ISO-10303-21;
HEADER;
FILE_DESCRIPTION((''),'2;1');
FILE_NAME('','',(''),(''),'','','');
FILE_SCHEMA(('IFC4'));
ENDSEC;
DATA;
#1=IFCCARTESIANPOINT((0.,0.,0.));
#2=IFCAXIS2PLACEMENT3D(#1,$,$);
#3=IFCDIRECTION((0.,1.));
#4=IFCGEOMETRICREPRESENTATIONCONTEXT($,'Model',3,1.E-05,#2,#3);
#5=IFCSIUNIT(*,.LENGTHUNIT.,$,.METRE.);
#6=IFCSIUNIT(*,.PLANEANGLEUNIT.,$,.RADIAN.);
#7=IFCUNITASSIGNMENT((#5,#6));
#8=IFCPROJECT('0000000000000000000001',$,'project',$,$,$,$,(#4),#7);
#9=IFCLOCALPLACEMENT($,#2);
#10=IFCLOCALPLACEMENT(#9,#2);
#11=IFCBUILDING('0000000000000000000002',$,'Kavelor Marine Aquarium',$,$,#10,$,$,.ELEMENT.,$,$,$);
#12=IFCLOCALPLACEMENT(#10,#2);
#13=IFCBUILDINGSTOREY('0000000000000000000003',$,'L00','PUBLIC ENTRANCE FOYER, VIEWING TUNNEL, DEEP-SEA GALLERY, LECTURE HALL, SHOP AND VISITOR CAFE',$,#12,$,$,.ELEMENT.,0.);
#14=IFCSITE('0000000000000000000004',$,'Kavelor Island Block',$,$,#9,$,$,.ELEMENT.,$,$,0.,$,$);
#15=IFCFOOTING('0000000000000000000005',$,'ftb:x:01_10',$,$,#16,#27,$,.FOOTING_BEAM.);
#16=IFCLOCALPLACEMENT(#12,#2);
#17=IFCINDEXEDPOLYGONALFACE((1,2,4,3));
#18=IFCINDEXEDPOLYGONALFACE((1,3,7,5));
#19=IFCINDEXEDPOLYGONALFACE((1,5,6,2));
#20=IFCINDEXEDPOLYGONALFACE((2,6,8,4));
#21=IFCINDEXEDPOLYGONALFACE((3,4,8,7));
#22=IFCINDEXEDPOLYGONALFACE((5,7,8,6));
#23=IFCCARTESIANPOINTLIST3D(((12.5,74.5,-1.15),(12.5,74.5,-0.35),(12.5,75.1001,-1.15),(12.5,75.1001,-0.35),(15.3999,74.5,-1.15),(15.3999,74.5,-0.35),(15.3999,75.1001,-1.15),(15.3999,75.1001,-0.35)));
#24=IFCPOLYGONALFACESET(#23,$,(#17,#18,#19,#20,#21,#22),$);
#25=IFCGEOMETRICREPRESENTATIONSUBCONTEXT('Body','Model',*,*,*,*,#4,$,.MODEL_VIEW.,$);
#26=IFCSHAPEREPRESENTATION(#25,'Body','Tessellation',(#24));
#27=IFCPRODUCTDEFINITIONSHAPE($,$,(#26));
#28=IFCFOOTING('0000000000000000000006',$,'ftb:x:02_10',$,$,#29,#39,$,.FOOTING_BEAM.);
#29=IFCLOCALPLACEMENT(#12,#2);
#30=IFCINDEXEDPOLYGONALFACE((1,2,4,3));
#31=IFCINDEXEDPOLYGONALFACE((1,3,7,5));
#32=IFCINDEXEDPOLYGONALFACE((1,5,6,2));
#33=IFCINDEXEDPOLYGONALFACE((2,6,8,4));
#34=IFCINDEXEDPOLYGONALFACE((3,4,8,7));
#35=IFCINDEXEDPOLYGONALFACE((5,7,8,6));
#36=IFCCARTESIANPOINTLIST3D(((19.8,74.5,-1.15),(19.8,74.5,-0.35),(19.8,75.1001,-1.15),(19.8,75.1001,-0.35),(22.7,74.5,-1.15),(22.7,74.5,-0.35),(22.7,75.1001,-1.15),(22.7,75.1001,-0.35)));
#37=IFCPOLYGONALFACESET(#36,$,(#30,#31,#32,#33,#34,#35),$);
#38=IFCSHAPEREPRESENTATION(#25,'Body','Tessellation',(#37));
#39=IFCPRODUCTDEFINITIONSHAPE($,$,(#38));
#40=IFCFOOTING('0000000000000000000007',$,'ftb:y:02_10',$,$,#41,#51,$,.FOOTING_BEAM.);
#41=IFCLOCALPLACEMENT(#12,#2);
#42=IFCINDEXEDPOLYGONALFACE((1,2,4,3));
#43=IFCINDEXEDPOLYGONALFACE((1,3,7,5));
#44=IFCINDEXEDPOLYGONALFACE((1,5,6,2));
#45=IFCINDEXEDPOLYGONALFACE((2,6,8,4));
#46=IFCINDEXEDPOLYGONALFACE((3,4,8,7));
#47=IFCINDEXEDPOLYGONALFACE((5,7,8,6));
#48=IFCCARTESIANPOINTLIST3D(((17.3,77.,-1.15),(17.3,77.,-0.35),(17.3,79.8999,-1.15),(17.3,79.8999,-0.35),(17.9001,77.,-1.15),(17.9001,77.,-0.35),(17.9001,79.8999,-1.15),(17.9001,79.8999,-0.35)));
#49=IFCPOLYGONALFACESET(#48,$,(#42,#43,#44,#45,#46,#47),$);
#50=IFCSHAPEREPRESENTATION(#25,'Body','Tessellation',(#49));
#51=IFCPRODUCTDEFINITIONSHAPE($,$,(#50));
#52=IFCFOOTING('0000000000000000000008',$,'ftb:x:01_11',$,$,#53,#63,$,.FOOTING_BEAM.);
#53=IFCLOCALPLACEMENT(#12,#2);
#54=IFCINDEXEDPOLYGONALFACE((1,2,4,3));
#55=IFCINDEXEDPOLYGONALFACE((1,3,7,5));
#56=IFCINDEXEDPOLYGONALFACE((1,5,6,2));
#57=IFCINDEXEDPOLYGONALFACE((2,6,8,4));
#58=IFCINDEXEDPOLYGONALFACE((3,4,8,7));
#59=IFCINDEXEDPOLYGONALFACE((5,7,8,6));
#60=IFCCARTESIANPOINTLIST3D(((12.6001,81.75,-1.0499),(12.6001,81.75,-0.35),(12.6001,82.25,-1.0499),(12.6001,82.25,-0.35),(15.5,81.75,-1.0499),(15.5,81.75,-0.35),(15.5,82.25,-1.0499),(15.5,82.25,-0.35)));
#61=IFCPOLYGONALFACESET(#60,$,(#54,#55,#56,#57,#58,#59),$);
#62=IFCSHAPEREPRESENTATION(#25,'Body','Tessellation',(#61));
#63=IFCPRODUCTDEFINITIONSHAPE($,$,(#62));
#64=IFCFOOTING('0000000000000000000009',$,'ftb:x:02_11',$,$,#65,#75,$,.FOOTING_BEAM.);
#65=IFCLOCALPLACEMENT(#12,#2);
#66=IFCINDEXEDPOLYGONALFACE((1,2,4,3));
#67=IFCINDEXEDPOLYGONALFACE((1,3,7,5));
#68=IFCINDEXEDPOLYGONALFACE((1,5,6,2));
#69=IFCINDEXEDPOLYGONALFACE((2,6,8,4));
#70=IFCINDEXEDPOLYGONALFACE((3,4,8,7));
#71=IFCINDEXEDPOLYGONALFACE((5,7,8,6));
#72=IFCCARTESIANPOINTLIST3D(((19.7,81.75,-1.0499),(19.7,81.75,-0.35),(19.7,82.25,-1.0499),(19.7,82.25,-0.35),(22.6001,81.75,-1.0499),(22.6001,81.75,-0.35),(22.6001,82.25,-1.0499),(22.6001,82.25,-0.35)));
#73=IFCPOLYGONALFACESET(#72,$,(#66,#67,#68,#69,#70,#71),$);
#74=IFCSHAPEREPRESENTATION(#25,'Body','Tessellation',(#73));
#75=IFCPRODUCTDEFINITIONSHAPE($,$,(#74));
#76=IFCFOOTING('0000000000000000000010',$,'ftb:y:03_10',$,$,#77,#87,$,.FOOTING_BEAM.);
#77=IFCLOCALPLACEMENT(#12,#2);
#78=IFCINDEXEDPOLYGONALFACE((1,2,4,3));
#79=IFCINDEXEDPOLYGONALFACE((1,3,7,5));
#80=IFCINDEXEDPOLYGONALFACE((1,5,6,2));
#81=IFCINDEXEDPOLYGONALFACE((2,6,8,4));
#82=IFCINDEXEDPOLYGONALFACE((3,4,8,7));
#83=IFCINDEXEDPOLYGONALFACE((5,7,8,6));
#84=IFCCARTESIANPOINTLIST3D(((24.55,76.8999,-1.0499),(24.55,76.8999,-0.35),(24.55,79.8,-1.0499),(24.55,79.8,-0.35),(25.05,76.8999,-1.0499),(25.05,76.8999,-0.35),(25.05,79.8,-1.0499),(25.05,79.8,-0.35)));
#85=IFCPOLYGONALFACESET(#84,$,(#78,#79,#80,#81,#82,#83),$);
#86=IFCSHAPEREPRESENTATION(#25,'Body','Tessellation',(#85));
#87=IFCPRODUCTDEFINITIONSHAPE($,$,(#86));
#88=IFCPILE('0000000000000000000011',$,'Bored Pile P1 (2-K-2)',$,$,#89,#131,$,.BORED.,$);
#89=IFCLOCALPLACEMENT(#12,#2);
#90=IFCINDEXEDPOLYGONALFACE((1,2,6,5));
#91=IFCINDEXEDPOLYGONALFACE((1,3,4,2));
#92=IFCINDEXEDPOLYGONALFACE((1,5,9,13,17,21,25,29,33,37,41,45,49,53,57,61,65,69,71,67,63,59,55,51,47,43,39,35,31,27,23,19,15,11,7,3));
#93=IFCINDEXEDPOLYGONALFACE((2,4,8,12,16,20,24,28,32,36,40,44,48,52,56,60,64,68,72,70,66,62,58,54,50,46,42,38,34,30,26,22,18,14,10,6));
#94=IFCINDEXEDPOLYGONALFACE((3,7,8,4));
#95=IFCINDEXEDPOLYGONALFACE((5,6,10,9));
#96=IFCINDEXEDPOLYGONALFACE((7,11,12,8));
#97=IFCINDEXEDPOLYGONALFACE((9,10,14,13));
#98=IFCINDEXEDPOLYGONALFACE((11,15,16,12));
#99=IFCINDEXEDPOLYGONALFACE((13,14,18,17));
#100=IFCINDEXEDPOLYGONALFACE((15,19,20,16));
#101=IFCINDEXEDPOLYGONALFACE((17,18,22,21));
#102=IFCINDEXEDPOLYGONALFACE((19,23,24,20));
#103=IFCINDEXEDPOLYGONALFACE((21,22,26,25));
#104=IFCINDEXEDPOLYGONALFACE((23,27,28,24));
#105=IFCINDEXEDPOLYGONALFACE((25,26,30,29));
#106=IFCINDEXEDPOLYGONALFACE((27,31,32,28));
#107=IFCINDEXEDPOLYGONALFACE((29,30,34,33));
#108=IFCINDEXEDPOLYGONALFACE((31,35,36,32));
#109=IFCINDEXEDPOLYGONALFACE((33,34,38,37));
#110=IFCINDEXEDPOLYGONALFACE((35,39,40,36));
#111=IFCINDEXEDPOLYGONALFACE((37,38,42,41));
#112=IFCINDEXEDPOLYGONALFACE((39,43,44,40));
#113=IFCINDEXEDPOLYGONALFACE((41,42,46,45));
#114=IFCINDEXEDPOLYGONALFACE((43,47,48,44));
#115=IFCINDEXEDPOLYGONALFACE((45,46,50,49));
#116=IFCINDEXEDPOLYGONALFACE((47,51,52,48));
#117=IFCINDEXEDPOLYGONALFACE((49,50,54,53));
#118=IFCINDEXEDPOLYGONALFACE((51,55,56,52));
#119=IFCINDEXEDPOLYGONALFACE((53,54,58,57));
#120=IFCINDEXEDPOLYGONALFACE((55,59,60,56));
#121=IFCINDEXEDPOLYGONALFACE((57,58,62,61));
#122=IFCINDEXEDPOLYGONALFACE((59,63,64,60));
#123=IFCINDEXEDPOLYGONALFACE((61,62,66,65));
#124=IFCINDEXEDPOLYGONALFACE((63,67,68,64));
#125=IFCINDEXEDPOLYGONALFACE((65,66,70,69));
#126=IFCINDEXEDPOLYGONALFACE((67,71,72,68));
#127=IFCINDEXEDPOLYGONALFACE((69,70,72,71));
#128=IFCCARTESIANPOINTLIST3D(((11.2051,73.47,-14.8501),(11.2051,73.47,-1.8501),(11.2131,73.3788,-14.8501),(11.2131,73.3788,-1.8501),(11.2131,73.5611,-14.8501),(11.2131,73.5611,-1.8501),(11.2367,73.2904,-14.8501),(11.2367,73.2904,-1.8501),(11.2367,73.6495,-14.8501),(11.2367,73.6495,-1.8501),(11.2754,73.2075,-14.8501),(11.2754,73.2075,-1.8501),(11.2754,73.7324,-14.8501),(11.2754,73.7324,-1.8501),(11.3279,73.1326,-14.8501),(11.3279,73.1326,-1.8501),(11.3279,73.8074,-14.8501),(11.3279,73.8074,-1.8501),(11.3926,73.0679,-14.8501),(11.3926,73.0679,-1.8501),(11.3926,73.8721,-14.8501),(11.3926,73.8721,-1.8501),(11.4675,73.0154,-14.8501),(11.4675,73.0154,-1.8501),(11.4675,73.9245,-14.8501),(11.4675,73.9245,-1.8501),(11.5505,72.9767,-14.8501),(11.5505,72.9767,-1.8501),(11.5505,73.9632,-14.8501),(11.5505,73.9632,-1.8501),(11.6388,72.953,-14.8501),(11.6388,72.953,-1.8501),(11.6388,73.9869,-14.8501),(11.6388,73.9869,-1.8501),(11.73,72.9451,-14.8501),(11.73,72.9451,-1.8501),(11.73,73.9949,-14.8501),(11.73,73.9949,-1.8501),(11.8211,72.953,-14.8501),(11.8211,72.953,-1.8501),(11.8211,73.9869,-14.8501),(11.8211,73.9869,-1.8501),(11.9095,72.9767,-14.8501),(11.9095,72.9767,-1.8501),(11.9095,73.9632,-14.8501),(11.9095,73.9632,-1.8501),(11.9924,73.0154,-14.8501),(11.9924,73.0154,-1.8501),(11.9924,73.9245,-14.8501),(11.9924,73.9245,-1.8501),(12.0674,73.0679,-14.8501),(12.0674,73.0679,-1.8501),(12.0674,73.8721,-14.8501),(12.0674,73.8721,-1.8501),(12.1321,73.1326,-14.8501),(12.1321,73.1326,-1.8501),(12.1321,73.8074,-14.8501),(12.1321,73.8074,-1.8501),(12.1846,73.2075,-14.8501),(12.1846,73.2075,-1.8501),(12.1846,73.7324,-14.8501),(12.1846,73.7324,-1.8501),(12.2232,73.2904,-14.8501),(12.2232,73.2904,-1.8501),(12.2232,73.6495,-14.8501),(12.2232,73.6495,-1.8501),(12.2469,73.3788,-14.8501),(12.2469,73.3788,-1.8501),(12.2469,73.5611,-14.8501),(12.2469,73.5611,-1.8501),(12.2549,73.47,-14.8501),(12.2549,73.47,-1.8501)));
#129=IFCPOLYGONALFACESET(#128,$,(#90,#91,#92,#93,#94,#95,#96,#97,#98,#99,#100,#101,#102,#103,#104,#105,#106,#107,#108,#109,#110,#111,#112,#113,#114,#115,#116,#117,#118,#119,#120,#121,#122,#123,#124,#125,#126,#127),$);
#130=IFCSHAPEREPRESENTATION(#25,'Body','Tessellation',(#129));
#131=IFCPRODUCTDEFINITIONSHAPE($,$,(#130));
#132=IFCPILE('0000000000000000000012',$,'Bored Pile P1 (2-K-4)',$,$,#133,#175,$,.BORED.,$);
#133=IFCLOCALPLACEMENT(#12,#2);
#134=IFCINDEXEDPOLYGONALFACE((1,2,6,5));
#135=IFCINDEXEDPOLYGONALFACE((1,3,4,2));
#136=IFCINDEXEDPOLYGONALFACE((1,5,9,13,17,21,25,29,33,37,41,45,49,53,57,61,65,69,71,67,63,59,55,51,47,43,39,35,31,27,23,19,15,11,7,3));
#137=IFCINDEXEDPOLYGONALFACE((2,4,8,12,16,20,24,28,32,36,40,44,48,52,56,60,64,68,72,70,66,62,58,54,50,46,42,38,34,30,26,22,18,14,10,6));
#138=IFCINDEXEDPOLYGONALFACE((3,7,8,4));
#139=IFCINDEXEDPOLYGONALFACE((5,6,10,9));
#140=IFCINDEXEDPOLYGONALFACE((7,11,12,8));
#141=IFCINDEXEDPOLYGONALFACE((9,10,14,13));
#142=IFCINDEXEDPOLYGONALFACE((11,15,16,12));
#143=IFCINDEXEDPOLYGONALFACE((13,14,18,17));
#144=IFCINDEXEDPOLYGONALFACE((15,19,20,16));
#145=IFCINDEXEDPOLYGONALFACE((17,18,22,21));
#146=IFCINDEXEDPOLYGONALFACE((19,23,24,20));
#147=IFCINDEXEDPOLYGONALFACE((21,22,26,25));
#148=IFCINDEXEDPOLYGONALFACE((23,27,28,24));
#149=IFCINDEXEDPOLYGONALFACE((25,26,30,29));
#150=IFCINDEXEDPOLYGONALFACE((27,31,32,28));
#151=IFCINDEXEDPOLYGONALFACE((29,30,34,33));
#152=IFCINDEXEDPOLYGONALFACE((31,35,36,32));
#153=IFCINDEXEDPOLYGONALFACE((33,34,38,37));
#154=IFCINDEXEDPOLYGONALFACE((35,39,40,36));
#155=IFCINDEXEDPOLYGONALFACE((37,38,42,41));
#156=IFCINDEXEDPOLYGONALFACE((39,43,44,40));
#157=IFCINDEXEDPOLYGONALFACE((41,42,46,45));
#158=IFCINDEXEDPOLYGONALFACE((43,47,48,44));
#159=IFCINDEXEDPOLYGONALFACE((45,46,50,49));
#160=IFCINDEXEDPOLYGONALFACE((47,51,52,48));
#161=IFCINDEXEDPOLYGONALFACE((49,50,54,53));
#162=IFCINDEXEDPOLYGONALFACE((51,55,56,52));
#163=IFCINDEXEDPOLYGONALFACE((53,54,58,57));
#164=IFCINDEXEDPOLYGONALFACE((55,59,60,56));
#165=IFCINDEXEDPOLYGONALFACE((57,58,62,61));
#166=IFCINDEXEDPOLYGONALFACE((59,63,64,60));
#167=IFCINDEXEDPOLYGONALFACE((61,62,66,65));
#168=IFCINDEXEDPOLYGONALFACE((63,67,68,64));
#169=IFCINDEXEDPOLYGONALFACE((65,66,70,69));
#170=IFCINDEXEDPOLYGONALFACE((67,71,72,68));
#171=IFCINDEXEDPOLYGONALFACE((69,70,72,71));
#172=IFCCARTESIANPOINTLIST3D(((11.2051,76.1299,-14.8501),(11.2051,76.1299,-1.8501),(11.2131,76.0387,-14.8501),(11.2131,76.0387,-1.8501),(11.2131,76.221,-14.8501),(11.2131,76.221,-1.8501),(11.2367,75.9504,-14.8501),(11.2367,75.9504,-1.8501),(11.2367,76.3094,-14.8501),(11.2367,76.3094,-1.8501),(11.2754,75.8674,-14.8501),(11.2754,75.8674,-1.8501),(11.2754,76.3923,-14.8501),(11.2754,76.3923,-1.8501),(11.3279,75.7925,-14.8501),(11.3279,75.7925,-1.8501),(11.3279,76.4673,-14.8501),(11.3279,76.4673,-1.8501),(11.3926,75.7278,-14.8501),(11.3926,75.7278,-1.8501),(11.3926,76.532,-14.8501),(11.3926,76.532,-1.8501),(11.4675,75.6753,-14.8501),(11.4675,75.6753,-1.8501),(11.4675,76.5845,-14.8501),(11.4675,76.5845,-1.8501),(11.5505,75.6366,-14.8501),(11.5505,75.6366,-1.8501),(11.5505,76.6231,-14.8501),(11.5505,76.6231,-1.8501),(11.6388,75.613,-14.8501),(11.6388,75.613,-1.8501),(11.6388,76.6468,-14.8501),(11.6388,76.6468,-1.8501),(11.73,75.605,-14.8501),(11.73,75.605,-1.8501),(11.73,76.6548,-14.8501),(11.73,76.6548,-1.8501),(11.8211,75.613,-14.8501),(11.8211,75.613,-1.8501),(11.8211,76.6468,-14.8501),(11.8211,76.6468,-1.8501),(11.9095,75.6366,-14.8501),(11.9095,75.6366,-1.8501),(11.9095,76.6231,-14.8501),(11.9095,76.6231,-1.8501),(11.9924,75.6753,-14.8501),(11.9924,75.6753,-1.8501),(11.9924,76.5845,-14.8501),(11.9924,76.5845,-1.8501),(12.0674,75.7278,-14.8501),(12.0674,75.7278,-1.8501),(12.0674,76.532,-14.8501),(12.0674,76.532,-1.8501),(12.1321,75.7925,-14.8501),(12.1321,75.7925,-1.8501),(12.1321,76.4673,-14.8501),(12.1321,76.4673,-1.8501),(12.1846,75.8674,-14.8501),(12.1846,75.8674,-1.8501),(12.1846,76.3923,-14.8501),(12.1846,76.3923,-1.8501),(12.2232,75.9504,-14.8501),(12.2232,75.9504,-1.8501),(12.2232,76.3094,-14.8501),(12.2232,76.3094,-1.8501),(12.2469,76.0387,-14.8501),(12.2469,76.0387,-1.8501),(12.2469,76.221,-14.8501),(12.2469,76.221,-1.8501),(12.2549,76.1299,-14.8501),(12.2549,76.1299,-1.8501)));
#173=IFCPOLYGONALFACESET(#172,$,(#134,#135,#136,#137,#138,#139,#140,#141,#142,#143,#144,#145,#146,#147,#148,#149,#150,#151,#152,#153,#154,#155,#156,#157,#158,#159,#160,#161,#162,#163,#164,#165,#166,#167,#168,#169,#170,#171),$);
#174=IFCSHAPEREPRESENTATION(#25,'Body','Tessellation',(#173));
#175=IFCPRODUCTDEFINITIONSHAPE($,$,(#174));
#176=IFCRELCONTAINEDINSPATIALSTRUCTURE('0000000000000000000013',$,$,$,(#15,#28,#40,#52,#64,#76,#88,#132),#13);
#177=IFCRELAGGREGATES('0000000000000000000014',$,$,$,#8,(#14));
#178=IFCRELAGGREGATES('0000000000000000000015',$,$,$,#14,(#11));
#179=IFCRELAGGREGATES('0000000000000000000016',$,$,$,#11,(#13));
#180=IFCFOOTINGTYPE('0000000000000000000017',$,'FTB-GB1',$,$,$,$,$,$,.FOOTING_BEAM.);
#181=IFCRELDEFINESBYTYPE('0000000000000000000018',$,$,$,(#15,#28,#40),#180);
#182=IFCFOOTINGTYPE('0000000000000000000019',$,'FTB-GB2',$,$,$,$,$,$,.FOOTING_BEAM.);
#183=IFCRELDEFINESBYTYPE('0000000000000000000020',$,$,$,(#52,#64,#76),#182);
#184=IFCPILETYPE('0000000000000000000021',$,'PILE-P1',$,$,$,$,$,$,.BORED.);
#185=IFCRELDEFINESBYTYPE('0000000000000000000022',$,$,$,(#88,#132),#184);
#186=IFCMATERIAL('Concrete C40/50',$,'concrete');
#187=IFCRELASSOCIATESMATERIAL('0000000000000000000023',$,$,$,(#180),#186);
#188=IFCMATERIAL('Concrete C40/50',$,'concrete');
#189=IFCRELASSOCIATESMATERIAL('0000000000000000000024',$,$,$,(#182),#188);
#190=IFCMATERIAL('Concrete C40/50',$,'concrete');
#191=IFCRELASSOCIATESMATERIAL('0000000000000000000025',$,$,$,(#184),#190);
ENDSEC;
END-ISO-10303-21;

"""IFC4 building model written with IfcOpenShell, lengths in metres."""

from ifc_helpers import new_model, si_unit, direction, frame, origin, origin_2d, place, context, subcontext, project, spatial, rectangle, circle, extrude, material, material_profile, profile_set, type_object, element, save


model = new_model("IFC4")

# Units and contexts
model_context = context("Model", 3, precision=1e-05, world=origin(), true_north=direction((0.0, 1.0)))
body_context = subcontext(model_context, "Body", "Model", "MODEL_VIEW")
ifc_project = project(units=[si_unit("LENGTHUNIT", "METRE"), si_unit("PLANEANGLEUNIT", "RADIAN")], contexts=[model_context])

# Site, building, storey
site_placement = place(None, origin())
site = spatial("IfcSite", under=ifc_project, at=site_placement, Name="Kavelor Island Block", CompositionType="ELEMENT", RefElevation=0.0)
building_placement = place(site_placement, origin())
building = spatial("IfcBuilding", under=site, at=building_placement, Name="Kavelor Marine Aquarium", CompositionType="ELEMENT")
storey_placement = place(building_placement, origin())
storey = spatial("IfcBuildingStorey", under=building, at=storey_placement, Name="L00", Description="PUBLIC ENTRANCE FOYER, VIEWING TUNNEL, DEEP-SEA GALLERY, LECTURE HALL, SHOP AND VISITOR CAFE", CompositionType="ELEMENT", Elevation=0.0)

# Footings
ifc_material_1 = material(Name="Concrete C40/50", Category="concrete")
ifc_material_profile_1 = material_profile(ifc_material_1, rectangle(XDim=0.6001, YDim=0.8, at=origin_2d()), Name="GB 600x800")
ifc_profile_set_1 = profile_set([ifc_material_profile_1], Name="Concrete C40/50")
footing_type_1 = type_object("IfcFootingType", Name="FTB-GB1", PredefinedType="FOOTING_BEAM", material=ifc_profile_set_1)
for number, where, z_axis, x_axis, name in (
    (1, (12.5, 74.8, -0.75), (1.0, 0.0, 0.0), (0.0, 1.0, 0.0), "ftb:x:01_10"),
    (2, (19.8, 74.8, -0.75), (1.0, 0.0, 0.0), (0.0, 1.0, 0.0), "ftb:x:02_10"),
    (3, (17.6001, 77.0, -0.75), (0.0, 1.0, 0.0), (-1.0, 0.0, 0.0), "ftb:y:02_10"),
):
    element("IfcFooting", number, at=place(storey_placement, frame(where, z_axis=z_axis, x_axis=x_axis)), inside=storey, type_object=footing_type_1, Name=name, PredefinedType="FOOTING_BEAM", context=body_context, shape_type="SweptSolid", body=[
        extrude(rectangle(XDim=0.6001, YDim=0.8, at=origin_2d()), origin(), (0.0, 0.0, 1.0), 2.8999),
    ])
ifc_material_2 = material(Name="Concrete C40/50", Category="concrete")
ifc_material_profile_2 = material_profile(ifc_material_2, rectangle(XDim=0.5, YDim=0.7, at=origin_2d()), Name="GB 500x700")
ifc_profile_set_2 = profile_set([ifc_material_profile_2], Name="Concrete C40/50")
footing_type_2 = type_object("IfcFootingType", Name="FTB-GB2", PredefinedType="FOOTING_BEAM", material=ifc_profile_set_2)
footing_placement = place(storey_placement, frame((12.6001, 82.0, -0.7), z_axis=(1.0, 0.0, 0.0), x_axis=(0.0, 1.0, 0.0)))
element("IfcFooting", 4, at=footing_placement, inside=storey, type_object=footing_type_2, Name="ftb:x:01_11", PredefinedType="FOOTING_BEAM", context=body_context, shape_type="SweptSolid", body=[
    extrude(rectangle(XDim=0.5, YDim=0.7, at=origin_2d()), origin(), (0.0, 0.0, 1.0), 2.8999),
])
for number, where, z_axis, x_axis, name in (
    (5, (19.7, 82.0, -0.7), (1.0, 0.0, 0.0), (0.0, 1.0, 0.0), "ftb:x:02_11"),
    (6, (24.8, 76.8999, -0.7), (0.0, 1.0, 0.0), (-1.0, 0.0, 0.0), "ftb:y:03_10"),
):
    element("IfcFooting", number, at=place(storey_placement, frame(where, z_axis=z_axis, x_axis=x_axis)), inside=storey, type_object=footing_type_2, Name=name, PredefinedType="FOOTING_BEAM", context=body_context, shape_type="SweptSolid", body=[
        extrude(rectangle(XDim=0.5, YDim=0.7, at=origin_2d()), origin(), (0.0, 0.0, 1.0), 2.9001),
    ])

# Piles
ifc_material_3 = material(Name="Concrete C40/50", Category="concrete")
ifc_material_profile_3 = material_profile(ifc_material_3, circle(Radius=0.5249, at=origin_2d()), Name="PILE D1050")
ifc_profile_set_3 = profile_set([ifc_material_profile_3], Name="Concrete C40/50")
pile_type = type_object("IfcPileType", Name="PILE-P1", PredefinedType="BORED", material=ifc_profile_set_3)
for number, where, z_axis, x_axis, name in (
    (7, (11.73, 73.47, -1.8501), (0.0, 0.0, -1.0), (1.0, 0.0, 0.0), "Bored Pile P1 (2-K-2)"),
    (8, (11.73, 76.1299, -1.8501), (0.0, 0.0, -1.0), (1.0, 0.0, 0.0), "Bored Pile P1 (2-K-4)"),
):
    element("IfcPile", number, at=place(storey_placement, frame(where, z_axis=z_axis, x_axis=x_axis)), inside=storey, type_object=pile_type, Name=name, PredefinedType="BORED", context=body_context, shape_type="SweptSolid", body=[
        extrude(circle(Radius=0.5249, at=origin_2d()), origin(), (0.0, 0.0, 1.0), 13.0),
    ])

save(model, "model.ifc")
